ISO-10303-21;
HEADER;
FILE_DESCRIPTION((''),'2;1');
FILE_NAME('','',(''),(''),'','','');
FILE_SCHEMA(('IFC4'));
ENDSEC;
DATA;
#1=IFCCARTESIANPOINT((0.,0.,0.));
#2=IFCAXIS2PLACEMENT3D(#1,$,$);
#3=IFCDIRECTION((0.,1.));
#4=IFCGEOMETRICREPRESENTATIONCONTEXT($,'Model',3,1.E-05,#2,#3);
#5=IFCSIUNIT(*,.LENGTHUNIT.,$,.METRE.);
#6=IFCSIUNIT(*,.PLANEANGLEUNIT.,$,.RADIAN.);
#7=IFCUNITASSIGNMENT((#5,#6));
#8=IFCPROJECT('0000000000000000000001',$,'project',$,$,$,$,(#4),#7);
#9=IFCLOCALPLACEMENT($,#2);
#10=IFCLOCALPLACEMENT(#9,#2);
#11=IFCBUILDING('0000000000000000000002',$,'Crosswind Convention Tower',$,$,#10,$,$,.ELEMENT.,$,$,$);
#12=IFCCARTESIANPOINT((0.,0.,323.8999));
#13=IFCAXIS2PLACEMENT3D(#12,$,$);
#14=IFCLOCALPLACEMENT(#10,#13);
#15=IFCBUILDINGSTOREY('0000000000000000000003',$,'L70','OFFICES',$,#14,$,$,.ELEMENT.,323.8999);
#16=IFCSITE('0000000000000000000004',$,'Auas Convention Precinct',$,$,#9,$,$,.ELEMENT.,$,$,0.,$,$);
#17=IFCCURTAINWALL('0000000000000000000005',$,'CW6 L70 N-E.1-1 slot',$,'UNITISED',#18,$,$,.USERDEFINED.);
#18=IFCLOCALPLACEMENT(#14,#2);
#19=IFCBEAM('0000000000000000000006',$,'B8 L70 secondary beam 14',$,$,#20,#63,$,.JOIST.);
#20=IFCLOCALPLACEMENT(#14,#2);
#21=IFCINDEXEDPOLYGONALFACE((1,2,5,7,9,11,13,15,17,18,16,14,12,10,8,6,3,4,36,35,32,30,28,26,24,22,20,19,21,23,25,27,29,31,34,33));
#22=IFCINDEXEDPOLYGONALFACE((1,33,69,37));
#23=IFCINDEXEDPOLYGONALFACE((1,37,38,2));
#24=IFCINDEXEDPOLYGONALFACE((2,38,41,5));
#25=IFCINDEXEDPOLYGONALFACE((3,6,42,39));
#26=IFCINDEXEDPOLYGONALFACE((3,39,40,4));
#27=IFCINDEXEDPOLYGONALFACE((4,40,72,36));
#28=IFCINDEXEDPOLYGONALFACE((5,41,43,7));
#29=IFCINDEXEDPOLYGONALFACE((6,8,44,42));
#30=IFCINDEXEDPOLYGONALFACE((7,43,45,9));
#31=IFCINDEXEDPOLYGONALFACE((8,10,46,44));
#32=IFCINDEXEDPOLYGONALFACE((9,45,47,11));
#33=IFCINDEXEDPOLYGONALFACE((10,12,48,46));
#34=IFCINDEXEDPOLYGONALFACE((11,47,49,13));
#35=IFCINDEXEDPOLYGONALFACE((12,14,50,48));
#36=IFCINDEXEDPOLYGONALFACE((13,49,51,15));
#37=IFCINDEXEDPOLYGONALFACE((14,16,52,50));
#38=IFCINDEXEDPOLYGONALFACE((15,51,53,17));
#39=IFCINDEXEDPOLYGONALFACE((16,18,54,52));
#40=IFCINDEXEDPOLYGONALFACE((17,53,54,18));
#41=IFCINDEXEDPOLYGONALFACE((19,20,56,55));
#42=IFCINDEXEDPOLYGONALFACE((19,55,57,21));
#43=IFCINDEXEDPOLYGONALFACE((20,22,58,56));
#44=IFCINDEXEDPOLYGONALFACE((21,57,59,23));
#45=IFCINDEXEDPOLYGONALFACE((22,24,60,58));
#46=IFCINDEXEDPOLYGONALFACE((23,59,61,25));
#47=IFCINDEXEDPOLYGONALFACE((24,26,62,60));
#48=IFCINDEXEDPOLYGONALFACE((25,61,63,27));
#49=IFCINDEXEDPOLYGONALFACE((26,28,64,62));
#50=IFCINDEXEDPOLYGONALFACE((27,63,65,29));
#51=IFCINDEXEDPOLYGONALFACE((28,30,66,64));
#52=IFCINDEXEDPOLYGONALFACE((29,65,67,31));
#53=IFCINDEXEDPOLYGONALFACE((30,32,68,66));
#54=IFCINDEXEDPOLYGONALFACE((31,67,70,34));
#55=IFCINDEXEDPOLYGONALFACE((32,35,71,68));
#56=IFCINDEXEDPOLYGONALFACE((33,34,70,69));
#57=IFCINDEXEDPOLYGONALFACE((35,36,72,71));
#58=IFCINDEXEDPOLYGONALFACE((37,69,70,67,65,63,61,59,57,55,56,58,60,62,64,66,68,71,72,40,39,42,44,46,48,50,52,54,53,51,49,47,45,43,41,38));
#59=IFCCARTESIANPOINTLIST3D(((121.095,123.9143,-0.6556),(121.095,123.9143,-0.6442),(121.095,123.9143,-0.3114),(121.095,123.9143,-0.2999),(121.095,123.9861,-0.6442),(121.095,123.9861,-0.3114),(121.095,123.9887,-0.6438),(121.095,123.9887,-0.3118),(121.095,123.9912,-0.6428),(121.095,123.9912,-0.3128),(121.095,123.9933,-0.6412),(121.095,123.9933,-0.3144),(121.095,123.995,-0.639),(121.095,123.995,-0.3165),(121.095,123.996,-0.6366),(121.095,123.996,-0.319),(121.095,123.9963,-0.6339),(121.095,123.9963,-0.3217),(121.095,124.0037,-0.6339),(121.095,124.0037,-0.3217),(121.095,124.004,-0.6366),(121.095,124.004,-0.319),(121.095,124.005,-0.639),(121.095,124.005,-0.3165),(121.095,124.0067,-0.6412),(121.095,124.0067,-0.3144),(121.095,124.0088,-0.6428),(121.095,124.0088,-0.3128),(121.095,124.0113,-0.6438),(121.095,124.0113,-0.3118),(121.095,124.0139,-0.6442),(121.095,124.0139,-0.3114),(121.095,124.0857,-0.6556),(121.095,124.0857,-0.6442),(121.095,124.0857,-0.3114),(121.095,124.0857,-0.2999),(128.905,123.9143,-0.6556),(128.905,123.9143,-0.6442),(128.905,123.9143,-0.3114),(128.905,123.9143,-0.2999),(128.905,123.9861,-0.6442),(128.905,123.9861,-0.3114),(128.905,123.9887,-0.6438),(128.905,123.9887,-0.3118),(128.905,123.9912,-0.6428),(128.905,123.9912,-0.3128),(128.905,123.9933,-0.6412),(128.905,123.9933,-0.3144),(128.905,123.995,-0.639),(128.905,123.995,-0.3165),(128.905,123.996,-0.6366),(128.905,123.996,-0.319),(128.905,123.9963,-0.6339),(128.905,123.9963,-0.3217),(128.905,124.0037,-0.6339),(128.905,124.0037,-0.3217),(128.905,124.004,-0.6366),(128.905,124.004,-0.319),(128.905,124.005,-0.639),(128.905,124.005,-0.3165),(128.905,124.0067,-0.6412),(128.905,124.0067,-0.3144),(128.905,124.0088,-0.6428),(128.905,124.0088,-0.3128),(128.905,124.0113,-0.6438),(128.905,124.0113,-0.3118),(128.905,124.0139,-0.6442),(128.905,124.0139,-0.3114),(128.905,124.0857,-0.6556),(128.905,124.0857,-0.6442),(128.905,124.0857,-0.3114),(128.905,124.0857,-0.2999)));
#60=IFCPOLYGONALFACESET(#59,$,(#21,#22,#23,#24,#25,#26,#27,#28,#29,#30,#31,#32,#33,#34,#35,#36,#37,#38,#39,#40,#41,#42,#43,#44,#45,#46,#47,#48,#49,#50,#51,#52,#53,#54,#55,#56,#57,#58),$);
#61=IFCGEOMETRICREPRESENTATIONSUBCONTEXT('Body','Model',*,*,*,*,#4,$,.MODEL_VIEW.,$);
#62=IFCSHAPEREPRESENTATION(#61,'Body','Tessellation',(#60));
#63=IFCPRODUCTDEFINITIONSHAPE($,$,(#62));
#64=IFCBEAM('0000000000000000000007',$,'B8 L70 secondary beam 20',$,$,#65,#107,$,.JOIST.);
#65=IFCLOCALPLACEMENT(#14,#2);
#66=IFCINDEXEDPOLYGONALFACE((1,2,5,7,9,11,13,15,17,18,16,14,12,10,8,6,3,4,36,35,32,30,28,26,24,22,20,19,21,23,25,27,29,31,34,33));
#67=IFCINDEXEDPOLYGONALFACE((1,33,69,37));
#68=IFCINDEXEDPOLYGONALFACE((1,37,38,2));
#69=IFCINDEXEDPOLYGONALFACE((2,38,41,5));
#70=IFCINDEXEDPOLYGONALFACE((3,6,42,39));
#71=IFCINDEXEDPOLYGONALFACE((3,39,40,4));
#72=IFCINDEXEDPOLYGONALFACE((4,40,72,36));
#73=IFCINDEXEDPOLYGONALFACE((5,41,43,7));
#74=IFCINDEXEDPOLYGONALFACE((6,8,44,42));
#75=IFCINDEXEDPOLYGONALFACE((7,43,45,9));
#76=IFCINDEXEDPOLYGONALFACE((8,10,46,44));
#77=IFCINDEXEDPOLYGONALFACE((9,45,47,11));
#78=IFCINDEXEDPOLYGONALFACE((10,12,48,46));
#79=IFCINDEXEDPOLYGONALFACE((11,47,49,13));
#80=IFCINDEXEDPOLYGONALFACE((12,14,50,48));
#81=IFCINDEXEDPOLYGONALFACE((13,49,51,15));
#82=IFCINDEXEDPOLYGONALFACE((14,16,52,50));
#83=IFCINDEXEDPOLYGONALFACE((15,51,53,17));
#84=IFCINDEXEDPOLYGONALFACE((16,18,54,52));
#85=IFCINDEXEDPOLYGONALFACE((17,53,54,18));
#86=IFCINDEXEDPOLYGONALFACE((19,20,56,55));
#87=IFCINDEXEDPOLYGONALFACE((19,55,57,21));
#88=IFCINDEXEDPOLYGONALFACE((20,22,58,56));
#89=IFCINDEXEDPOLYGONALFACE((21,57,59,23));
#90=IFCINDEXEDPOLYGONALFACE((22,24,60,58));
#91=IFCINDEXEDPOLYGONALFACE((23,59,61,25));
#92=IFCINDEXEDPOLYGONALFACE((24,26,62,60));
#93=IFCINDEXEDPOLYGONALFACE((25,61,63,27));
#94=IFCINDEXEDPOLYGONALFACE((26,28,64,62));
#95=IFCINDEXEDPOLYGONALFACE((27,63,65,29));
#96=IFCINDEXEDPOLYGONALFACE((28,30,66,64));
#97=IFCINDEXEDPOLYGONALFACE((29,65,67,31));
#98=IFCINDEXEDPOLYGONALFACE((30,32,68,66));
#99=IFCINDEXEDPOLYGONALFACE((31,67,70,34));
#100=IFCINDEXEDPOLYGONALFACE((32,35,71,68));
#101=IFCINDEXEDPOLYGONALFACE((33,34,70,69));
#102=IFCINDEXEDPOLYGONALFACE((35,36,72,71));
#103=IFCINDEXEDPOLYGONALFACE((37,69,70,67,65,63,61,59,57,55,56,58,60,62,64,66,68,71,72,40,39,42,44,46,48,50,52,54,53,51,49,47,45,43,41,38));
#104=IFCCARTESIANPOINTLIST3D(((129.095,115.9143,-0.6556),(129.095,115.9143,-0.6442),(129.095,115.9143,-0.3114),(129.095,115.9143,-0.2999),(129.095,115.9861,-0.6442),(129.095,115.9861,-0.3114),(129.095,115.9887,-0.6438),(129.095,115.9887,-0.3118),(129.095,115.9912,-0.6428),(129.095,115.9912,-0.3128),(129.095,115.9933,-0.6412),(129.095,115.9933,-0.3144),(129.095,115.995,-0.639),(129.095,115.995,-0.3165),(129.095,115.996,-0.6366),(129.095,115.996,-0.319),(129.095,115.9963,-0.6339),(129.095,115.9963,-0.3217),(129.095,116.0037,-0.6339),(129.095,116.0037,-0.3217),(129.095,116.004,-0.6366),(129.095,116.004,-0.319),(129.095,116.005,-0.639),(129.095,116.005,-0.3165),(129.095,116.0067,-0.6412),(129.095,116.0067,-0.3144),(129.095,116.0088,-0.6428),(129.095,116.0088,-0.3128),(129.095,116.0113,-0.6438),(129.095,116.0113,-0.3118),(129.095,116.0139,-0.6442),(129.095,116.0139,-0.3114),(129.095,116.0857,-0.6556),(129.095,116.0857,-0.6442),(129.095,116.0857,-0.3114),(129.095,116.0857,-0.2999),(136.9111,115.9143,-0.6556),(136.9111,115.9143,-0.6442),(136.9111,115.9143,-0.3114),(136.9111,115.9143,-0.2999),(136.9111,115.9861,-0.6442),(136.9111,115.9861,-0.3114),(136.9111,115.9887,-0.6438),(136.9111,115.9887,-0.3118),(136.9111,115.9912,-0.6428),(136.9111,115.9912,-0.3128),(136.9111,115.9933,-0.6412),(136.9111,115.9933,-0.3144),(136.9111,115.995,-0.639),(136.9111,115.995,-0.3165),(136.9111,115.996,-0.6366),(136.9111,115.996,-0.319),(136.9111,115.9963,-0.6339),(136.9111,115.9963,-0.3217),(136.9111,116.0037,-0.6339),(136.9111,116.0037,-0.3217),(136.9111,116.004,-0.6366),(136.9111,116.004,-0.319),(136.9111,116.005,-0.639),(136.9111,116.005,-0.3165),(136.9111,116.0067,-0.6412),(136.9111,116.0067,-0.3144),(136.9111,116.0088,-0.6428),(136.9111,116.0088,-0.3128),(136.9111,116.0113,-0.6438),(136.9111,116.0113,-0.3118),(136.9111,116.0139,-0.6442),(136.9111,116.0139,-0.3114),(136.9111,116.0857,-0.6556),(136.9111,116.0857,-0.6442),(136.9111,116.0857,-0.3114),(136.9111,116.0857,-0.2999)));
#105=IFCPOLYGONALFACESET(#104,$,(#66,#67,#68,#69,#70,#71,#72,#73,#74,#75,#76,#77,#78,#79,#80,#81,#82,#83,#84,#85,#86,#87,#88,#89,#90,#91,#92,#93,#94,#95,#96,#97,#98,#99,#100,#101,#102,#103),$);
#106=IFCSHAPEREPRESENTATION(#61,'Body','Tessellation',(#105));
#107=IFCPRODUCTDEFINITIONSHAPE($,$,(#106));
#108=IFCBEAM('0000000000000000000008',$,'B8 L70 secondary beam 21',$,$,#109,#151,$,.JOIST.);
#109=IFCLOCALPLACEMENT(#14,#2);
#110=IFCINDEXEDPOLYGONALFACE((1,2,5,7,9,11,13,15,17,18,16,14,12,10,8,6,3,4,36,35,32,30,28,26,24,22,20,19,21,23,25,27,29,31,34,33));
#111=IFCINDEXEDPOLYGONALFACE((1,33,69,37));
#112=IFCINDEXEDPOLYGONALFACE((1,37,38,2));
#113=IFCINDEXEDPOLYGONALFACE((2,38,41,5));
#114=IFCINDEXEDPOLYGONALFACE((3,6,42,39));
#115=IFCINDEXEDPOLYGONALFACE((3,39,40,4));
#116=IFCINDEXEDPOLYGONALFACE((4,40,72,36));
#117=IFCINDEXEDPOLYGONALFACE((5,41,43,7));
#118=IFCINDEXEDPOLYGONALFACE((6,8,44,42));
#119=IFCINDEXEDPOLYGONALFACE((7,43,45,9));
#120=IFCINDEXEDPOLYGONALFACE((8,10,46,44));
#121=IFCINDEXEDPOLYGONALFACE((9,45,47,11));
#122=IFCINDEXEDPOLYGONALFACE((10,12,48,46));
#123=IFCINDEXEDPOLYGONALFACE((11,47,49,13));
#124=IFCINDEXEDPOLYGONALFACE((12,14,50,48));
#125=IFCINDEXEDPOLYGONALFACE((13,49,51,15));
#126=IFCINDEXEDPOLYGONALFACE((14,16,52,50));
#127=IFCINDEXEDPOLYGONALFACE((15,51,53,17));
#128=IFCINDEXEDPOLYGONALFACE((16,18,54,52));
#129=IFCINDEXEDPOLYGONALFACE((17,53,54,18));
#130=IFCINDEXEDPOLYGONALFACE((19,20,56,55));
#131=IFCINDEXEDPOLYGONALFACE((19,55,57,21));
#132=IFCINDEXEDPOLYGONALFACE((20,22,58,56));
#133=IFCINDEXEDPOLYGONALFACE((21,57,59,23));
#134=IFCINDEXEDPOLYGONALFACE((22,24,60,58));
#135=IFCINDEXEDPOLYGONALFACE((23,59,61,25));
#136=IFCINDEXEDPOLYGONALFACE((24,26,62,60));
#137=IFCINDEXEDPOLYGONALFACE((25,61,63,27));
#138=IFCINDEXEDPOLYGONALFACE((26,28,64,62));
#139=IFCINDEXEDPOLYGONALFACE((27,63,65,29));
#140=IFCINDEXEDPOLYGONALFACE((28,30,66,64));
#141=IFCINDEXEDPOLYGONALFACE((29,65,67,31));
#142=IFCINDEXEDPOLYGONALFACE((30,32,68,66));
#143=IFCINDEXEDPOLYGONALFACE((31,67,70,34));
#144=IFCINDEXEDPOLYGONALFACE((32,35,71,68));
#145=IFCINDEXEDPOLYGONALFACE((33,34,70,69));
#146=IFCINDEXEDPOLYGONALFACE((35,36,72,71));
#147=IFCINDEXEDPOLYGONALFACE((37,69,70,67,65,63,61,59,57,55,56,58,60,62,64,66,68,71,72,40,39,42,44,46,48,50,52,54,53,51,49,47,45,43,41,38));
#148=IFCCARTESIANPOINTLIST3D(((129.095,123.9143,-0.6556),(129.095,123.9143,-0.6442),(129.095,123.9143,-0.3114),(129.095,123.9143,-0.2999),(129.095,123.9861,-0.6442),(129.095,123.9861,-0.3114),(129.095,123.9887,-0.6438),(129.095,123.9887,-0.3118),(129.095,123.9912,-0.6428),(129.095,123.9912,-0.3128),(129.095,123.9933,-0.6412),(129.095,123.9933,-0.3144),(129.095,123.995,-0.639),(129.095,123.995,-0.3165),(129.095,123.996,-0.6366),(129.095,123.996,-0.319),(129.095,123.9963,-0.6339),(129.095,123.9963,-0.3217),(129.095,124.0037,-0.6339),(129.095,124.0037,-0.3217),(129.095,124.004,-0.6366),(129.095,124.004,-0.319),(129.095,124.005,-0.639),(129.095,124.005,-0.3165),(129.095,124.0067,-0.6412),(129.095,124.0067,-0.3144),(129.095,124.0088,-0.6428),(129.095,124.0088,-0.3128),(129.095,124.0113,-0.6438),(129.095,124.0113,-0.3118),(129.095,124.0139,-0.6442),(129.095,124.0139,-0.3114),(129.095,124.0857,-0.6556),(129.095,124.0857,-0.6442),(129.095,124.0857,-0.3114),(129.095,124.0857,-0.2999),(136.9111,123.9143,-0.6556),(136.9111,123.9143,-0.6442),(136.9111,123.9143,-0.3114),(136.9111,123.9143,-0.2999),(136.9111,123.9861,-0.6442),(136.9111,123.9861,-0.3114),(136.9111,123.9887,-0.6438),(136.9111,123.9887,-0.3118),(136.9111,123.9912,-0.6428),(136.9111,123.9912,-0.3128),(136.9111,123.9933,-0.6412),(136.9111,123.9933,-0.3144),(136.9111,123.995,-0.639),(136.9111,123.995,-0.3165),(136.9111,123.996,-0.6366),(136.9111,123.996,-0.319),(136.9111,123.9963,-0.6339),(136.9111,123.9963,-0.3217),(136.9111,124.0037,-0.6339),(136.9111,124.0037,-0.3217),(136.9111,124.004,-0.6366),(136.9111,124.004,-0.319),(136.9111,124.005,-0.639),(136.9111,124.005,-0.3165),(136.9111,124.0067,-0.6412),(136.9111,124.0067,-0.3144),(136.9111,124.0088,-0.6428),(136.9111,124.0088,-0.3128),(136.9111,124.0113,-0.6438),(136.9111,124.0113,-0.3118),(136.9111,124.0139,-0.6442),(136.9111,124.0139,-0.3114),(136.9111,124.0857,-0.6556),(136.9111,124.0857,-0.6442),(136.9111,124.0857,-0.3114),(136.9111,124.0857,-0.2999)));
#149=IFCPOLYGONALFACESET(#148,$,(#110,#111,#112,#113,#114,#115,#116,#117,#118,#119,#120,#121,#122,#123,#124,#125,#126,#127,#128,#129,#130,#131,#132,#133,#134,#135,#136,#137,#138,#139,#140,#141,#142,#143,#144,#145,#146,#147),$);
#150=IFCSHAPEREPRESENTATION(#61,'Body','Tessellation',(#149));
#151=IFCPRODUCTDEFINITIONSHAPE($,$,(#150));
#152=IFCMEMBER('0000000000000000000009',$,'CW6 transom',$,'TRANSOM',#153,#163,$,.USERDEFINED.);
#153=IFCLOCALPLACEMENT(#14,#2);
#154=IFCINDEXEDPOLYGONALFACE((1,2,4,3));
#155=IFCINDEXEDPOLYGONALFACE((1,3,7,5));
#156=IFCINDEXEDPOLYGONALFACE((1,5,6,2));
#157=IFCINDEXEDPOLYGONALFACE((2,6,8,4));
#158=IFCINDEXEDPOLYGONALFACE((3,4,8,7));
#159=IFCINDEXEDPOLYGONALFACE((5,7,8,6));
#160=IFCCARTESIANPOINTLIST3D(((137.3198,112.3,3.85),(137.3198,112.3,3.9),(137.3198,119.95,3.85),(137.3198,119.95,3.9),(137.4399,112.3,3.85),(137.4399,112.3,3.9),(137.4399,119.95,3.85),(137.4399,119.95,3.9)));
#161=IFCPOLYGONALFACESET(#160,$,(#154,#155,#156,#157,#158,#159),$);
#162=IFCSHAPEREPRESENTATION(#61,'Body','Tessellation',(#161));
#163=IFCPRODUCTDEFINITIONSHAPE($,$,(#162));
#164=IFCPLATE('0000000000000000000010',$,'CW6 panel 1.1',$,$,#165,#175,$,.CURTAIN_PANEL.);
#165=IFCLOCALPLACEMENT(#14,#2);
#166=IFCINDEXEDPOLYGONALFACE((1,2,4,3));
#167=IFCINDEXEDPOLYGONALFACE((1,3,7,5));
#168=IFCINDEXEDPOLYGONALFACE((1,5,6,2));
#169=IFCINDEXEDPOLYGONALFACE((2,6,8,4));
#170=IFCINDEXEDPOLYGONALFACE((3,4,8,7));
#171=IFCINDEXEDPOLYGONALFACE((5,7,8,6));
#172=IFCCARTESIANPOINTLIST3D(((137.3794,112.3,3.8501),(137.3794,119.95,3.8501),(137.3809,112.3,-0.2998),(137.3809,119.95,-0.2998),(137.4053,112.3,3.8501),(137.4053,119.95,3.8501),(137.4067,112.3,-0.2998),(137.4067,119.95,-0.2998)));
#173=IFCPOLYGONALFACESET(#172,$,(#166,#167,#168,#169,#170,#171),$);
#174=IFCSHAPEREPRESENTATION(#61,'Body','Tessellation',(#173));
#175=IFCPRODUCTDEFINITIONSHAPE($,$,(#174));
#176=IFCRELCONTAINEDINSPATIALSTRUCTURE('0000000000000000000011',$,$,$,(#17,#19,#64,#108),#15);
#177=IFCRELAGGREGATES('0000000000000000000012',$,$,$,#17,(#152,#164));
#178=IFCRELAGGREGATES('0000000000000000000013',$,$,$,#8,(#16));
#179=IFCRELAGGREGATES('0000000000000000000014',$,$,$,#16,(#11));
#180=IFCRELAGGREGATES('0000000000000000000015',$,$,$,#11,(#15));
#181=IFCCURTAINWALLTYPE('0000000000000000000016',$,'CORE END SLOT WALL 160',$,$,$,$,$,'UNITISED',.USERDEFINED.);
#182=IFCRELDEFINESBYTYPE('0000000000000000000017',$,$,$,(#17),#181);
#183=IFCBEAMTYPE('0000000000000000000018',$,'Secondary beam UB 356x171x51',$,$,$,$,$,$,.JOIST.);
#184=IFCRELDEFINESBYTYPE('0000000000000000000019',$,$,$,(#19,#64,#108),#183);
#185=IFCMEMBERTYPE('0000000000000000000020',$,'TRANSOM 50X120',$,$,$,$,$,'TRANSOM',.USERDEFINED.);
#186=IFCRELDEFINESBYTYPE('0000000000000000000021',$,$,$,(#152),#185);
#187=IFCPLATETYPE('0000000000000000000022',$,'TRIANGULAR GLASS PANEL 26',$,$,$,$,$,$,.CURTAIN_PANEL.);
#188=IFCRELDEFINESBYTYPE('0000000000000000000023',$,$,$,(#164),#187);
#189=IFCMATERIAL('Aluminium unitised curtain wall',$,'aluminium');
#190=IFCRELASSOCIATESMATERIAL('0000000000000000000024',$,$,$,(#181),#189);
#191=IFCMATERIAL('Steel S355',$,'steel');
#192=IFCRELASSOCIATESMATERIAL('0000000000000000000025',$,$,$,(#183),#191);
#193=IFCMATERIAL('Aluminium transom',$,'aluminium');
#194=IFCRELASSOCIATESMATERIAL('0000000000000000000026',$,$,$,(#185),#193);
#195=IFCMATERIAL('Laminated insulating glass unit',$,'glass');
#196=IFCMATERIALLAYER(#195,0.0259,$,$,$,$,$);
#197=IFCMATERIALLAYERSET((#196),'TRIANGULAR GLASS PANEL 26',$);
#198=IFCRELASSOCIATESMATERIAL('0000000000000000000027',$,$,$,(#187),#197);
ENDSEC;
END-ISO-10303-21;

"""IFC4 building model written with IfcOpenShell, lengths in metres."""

from ifc_helpers import new_model, si_unit, direction, frame, origin, origin_2d, place, context, subcontext, project, spatial, polyline, rectangle, i_section, outline, extrude, material, layer, layer_set, material_profile, profile_set, type_object, element, aggregate, save


model = new_model("IFC4")

# Units and contexts
model_context = context("Model", 3, precision=1e-05, world=origin(), true_north=direction((0.0, 1.0)))
body_context = subcontext(model_context, "Body", "Model", "MODEL_VIEW")
ifc_project = project(units=[si_unit("LENGTHUNIT", "METRE"), si_unit("PLANEANGLEUNIT", "RADIAN")], contexts=[model_context])

# Site, building, storey
site_placement = place(None, origin())
site = spatial("IfcSite", under=ifc_project, at=site_placement, Name="Auas Convention Precinct", CompositionType="ELEMENT", RefElevation=0.0)
building_placement = place(site_placement, origin())
building = spatial("IfcBuilding", under=site, at=building_placement, Name="Crosswind Convention Tower", CompositionType="ELEMENT")
storey_placement = place(building_placement, frame((0.0, 0.0, 323.8999)))
storey = spatial("IfcBuildingStorey", under=building, at=storey_placement, Name="L70", Description="OFFICES", CompositionType="ELEMENT", Elevation=323.8999)

# Shared definitions
ifc_material_1 = material(Name="Steel S355", Category="steel")

# Curtain wall
ifc_material_2 = material(Name="Aluminium unitised curtain wall", Category="aluminium")
curtain_wall_type = type_object("IfcCurtainWallType", Name="CORE END SLOT WALL 160", ElementType="UNITISED", PredefinedType="USERDEFINED", material=ifc_material_2)
curtain_wall_placement = place(storey_placement, origin())
curtain_wall = element("IfcCurtainWall", 1, at=curtain_wall_placement, inside=storey, type_object=curtain_wall_type, Name="CW6 L70 N-E.1-1 slot", ObjectType="UNITISED", PredefinedType="USERDEFINED")

# Beams
ifc_material_profile_1 = material_profile(ifc_material_1, i_section(OverallWidth=0.1714, OverallDepth=0.3557, WebThickness=0.0073, FlangeThickness=0.0115, FilletRadius=0.0103, at=origin_2d()), Name="UB 356x171x51")
ifc_profile_set_1 = profile_set([ifc_material_profile_1], Name="Steel S355")
beam_type_1 = type_object("IfcBeamType", Name="Secondary beam UB 356x171x51", PredefinedType="JOIST", material=ifc_profile_set_1)
for number, where, z_axis, x_axis, name in (
    (2, (121.095, 124.0, -0.4778), (1.0, 0.0, 0.0), (0.0, 1.0, 0.0), "B8 L70 secondary beam 14"),
):
    element("IfcBeam", number, at=place(storey_placement, frame(where, z_axis=z_axis, x_axis=x_axis)), inside=storey, type_object=beam_type_1, Name=name, PredefinedType="JOIST", context=body_context, shape_type="SweptSolid", body=[
        extrude(i_section(OverallWidth=0.1714, OverallDepth=0.3557, WebThickness=0.0073, FlangeThickness=0.0115, FilletRadius=0.0103, at=origin_2d()), origin(), (0.0, 0.0, 1.0), 7.8101),
    ])
for number, where, z_axis, x_axis, name in (
    (3, (129.095, 116.0, -0.4778), (1.0, 0.0, 0.0), (0.0, 1.0, 0.0), "B8 L70 secondary beam 20"),
    (4, (129.095, 124.0, -0.4778), (1.0, 0.0, 0.0), (0.0, 1.0, 0.0), "B8 L70 secondary beam 21"),
):
    element("IfcBeam", number, at=place(storey_placement, frame(where, z_axis=z_axis, x_axis=x_axis)), inside=storey, type_object=beam_type_1, Name=name, PredefinedType="JOIST", context=body_context, shape_type="SweptSolid", body=[
        extrude(i_section(OverallWidth=0.1714, OverallDepth=0.3557, WebThickness=0.0073, FlangeThickness=0.0115, FilletRadius=0.0103, at=origin_2d()), origin(), (0.0, 0.0, 1.0), 7.8162),
    ])

# Member
ifc_material_3 = material(Name="Aluminium transom", Category="aluminium")
ifc_material_profile_2 = material_profile(ifc_material_3, rectangle(XDim=0.1201, YDim=0.05, at=origin_2d()), Name="AL 120X50")
ifc_profile_set_2 = profile_set([ifc_material_profile_2], Name="Aluminium transom")
member_type_1 = type_object("IfcMemberType", Name="TRANSOM 50X120", ElementType="TRANSOM", PredefinedType="USERDEFINED", material=ifc_profile_set_2)
member_1_placement = place(storey_placement, frame((137.3799, 112.3, 3.875), z_axis=(0.0, 1.0, 0.0), x_axis=(-1.0, 0.0, 0.0)))
member_1 = element("IfcMember", 5, at=member_1_placement, type_object=member_type_1, Name="CW6 transom", ObjectType="TRANSOM", PredefinedType="USERDEFINED", context=body_context, shape_type="SweptSolid", body=[
    extrude(rectangle(XDim=0.1201, YDim=0.05, at=origin_2d()), origin(), (0.0, 0.0, 1.0), 7.6499),
])

# Plate
ifc_material_4 = material(Name="Laminated insulating glass unit", Category="glass")
ifc_layer_1 = layer(ifc_material_4, 0.0259)
ifc_layer_set_1 = layer_set([ifc_layer_1], Name="TRIANGULAR GLASS PANEL 26")
plate_type = type_object("IfcPlateType", Name="TRIANGULAR GLASS PANEL 26", PredefinedType="CURTAIN_PANEL", material=ifc_layer_set_1)
plate_placement = place(storey_placement, frame((137.4067, 112.3, -0.2998), z_axis=(1.0, 0.0, 0.000353), x_axis=(0.0, 1.0, 0.0)))
plate = element("IfcPlate", 6, at=plate_placement, type_object=plate_type, Name="CW6 panel 1.1", PredefinedType="CURTAIN_PANEL", context=body_context, shape_type="SweptSolid", body=[
    extrude(outline(polyline([(0.0, 0.0), (7.6499, 0.0), (7.6499, 4.1499), (0.0, 4.1499), (0.0, 0.0)])), origin(), (0.0, 0.0, -1.0), 0.0259),
])
aggregate(curtain_wall, [member_1, plate])

save(model, "model.ifc")
